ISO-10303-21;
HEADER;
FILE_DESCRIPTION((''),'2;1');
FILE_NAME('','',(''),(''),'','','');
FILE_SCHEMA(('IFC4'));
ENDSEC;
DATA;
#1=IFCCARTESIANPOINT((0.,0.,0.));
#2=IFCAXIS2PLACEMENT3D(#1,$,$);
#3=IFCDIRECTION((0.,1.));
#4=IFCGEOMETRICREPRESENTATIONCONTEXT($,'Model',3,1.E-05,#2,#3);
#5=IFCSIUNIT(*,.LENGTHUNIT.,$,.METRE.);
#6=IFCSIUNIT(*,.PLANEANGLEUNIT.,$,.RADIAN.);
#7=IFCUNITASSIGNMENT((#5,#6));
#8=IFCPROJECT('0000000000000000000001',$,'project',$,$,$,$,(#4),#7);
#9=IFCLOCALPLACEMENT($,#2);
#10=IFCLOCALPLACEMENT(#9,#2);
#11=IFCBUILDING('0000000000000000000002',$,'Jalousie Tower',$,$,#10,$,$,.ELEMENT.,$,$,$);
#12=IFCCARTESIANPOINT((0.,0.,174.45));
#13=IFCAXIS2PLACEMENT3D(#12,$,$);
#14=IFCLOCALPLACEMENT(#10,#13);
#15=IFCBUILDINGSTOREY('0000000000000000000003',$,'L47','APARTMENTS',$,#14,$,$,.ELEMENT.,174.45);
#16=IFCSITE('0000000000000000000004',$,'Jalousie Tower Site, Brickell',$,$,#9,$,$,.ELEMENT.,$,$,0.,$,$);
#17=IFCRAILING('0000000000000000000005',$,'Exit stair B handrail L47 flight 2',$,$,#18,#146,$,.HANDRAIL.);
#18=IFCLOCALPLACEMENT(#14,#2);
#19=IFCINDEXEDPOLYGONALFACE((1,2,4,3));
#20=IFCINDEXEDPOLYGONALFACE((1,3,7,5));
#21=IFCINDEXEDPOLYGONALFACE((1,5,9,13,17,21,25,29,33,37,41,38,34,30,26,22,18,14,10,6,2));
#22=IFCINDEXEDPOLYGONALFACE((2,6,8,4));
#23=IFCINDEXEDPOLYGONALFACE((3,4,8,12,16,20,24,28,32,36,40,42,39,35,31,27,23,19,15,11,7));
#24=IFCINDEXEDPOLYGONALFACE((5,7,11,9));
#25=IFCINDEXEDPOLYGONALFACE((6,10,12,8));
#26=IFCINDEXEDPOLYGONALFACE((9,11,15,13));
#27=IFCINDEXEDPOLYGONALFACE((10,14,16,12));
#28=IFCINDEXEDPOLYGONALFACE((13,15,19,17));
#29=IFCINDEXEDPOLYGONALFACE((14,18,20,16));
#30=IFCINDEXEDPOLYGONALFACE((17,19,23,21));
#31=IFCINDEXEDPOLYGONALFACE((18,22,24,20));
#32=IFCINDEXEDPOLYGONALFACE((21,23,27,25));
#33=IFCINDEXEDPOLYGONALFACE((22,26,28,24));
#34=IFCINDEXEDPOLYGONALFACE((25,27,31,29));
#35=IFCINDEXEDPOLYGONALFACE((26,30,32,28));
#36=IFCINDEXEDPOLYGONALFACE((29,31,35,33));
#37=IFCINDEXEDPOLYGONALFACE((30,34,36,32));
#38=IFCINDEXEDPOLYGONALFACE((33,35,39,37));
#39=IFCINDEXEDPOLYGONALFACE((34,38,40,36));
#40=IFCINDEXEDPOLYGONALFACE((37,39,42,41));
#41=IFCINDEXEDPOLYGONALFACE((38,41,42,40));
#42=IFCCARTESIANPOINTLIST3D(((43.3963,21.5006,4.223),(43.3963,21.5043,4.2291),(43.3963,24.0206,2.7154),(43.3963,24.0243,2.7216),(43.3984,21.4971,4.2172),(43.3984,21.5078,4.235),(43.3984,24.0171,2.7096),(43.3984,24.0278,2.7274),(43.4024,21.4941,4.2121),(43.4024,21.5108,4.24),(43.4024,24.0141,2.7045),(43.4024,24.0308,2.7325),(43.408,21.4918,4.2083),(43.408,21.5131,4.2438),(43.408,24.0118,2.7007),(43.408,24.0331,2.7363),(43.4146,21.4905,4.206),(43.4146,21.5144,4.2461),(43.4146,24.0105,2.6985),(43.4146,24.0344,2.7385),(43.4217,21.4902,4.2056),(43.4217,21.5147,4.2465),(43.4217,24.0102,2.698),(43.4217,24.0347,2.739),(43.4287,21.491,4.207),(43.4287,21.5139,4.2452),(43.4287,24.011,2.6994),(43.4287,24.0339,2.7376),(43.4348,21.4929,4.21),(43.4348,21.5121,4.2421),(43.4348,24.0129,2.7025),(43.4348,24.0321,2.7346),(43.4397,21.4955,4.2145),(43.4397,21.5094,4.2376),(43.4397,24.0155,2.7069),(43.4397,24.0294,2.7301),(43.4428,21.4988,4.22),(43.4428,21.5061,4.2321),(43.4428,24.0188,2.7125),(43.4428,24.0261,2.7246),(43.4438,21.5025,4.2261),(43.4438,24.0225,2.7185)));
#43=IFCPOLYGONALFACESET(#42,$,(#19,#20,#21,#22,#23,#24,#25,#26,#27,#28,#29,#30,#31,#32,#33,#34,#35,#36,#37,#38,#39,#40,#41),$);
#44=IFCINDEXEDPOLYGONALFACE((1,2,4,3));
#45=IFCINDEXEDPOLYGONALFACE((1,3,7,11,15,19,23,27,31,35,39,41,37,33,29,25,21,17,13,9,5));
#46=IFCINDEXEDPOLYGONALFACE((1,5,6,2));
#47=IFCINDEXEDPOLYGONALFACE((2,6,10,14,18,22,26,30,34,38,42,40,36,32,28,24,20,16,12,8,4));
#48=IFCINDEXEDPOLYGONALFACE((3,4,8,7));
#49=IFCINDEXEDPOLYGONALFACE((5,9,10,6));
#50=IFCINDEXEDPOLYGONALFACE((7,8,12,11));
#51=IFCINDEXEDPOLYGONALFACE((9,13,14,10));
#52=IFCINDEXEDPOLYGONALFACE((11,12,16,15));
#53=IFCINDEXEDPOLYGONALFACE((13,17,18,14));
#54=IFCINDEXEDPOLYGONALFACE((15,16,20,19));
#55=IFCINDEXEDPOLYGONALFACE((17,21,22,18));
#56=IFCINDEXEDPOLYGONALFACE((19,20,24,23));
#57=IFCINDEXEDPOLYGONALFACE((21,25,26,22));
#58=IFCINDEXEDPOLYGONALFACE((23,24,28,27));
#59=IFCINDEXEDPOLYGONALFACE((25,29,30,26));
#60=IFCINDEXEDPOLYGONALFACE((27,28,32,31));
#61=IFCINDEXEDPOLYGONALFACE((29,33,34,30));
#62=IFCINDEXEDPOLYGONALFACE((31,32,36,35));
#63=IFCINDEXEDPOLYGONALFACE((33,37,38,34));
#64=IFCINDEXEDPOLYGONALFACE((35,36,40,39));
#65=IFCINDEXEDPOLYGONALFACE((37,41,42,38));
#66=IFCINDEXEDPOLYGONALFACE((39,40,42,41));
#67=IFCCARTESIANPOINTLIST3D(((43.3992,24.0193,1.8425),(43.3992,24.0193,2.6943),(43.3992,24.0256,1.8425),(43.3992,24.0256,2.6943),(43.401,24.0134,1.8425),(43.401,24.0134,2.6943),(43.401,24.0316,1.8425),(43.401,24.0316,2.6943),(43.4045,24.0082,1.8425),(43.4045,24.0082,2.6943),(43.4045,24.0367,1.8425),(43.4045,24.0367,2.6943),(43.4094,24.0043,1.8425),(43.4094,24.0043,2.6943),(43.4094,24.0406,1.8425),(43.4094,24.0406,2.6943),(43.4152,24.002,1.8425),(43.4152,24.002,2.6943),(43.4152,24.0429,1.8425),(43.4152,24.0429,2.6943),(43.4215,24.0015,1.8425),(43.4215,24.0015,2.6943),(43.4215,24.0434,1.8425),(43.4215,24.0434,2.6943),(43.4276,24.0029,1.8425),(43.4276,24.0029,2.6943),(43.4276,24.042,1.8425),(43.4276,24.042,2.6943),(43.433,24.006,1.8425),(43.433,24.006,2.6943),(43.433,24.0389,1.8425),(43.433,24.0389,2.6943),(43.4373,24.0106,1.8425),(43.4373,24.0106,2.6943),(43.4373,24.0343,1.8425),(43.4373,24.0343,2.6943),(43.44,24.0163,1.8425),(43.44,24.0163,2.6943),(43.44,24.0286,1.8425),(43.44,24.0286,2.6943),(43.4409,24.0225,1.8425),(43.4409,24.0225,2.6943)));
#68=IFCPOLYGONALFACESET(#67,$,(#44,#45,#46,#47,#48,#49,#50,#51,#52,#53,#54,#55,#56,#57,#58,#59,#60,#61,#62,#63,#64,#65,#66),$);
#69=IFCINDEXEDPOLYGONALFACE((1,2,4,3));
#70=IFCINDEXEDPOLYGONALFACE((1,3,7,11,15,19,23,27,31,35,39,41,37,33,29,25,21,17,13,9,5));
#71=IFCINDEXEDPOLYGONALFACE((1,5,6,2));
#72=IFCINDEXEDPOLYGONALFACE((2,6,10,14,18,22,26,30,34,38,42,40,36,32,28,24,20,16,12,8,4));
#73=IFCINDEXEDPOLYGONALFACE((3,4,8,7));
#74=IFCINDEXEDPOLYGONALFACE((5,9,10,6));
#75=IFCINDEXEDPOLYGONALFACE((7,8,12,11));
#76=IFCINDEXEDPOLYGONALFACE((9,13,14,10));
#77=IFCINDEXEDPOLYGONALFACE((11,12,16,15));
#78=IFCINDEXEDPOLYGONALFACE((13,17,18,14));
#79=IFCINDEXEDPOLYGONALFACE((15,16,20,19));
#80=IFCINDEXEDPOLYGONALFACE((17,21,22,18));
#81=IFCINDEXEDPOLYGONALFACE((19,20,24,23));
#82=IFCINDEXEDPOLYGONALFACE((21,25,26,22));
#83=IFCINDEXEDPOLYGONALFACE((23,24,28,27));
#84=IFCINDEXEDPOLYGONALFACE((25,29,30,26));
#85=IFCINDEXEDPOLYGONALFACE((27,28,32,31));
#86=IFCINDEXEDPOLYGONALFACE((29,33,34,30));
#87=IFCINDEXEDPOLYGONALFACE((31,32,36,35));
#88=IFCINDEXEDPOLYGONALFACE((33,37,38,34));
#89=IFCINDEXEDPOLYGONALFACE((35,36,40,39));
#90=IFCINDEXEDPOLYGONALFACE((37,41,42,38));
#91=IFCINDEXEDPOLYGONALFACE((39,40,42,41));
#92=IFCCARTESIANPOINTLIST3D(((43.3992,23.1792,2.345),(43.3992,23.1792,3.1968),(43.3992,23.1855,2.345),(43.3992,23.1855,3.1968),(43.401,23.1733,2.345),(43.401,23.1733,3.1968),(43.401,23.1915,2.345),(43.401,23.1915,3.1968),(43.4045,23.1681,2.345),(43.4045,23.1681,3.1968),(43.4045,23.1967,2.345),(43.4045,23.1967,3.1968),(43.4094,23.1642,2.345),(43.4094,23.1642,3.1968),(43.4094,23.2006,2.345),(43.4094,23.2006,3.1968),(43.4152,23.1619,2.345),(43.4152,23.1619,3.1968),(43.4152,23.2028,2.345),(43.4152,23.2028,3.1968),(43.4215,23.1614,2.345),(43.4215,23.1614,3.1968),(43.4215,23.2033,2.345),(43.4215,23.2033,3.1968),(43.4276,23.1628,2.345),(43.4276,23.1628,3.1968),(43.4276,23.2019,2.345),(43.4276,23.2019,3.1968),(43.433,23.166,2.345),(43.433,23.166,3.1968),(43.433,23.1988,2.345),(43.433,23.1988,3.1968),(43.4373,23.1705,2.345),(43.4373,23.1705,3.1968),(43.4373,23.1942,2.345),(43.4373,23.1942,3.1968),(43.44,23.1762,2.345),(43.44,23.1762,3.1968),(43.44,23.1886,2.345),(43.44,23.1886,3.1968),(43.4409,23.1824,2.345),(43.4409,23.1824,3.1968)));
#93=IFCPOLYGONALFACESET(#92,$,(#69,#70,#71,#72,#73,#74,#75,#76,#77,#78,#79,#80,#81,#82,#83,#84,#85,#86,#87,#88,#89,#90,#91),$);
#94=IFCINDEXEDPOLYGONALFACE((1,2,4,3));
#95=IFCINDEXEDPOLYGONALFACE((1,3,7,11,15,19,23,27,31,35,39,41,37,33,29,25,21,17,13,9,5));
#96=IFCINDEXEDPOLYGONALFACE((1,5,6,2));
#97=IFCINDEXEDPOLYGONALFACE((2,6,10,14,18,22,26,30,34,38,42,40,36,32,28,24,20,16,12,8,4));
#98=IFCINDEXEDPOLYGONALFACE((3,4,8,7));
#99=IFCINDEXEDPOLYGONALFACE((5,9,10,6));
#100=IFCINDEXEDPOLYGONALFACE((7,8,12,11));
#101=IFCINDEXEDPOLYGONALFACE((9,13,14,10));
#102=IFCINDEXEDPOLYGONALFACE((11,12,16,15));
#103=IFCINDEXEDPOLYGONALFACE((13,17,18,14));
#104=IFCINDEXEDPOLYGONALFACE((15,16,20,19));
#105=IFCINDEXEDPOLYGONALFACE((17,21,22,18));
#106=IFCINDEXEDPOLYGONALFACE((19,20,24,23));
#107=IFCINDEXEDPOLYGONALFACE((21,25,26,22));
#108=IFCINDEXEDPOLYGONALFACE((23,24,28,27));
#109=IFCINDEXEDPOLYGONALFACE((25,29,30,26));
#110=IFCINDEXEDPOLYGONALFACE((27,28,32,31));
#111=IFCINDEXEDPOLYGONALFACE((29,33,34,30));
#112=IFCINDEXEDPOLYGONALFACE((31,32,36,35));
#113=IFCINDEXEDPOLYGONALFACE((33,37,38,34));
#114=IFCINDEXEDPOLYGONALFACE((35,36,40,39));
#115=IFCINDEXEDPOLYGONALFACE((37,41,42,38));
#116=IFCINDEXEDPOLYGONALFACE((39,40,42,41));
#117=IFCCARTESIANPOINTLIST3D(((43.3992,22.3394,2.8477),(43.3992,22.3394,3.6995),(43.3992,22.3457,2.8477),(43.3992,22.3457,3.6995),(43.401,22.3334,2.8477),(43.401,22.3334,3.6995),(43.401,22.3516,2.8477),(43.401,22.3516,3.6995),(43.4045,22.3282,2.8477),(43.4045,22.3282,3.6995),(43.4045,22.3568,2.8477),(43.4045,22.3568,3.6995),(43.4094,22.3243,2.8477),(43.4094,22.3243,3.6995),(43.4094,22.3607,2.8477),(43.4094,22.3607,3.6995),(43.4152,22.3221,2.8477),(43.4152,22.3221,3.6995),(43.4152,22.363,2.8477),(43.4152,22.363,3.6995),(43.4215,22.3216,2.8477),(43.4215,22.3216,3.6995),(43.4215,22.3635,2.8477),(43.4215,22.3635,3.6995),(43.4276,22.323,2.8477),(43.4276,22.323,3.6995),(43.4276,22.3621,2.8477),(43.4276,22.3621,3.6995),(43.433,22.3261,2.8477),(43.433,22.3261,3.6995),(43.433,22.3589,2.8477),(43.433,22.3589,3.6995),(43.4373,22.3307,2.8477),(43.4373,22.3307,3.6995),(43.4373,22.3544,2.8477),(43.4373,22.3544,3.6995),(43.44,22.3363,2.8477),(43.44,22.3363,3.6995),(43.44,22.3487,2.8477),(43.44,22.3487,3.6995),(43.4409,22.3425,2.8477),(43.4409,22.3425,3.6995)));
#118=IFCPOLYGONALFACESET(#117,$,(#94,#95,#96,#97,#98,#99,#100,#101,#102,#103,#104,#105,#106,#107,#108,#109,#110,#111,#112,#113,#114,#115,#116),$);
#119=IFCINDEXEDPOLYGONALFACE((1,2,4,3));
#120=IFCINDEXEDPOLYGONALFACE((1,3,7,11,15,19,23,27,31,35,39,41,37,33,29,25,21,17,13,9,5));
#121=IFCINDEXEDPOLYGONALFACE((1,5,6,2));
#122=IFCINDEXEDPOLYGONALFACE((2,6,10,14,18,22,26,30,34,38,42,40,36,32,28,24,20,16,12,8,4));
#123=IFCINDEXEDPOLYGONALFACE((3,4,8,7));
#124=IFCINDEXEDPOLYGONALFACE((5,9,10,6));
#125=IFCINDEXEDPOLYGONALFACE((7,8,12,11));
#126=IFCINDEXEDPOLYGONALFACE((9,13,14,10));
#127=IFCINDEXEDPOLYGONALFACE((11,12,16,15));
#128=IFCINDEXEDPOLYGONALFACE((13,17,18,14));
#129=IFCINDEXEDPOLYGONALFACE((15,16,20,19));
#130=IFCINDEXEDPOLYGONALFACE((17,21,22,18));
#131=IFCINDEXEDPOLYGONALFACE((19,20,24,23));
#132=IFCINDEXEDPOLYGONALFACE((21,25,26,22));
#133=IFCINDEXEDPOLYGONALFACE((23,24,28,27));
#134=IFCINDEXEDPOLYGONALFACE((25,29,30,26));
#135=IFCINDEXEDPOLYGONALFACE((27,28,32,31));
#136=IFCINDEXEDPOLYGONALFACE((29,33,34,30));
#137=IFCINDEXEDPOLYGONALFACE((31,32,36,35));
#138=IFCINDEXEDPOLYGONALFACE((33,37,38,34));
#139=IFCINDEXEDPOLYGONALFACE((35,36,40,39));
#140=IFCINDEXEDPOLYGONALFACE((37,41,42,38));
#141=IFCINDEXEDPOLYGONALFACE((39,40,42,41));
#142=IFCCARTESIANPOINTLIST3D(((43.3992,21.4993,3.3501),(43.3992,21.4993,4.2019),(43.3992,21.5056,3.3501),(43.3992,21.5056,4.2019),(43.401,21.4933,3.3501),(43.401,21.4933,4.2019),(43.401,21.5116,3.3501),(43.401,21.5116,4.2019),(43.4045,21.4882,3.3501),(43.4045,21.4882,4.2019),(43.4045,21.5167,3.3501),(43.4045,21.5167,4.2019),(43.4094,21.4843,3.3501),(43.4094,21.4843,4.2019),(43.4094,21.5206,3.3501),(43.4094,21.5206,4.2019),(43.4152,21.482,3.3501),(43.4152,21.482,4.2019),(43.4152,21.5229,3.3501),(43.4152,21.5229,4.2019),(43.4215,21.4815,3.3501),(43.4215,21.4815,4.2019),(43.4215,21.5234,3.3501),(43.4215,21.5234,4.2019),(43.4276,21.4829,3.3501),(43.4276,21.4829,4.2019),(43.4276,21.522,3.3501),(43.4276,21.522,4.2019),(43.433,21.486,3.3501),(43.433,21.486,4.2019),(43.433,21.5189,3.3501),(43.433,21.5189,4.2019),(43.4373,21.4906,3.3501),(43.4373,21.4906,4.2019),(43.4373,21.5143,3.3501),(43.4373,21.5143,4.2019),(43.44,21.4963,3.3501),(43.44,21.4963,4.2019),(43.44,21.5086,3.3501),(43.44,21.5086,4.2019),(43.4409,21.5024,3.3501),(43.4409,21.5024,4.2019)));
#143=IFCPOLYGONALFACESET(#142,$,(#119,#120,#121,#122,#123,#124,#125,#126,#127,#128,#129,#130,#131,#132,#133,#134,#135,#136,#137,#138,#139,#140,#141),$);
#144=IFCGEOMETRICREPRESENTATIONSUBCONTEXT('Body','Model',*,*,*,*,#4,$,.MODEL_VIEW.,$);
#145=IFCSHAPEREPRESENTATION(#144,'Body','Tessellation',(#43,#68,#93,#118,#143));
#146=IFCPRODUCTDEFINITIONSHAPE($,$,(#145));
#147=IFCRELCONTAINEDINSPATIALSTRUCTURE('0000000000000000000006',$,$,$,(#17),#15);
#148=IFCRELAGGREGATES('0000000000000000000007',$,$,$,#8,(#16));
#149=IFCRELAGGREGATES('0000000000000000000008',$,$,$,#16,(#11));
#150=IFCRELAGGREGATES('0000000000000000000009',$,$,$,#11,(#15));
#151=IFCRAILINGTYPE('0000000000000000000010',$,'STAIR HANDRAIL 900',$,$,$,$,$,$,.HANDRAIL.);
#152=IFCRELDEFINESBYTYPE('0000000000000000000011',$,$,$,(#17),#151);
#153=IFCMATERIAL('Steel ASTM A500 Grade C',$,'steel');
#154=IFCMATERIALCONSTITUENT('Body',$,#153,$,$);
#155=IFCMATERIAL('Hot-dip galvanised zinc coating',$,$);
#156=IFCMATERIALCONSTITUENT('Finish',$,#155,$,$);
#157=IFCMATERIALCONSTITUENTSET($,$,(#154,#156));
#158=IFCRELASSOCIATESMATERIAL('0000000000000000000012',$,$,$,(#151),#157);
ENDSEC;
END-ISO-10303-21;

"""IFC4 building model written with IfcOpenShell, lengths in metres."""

from ifc_helpers import new_model, si_unit, direction, frame, origin, origin_2d, place, context, subcontext, project, spatial, circle, extrude, material, constituent, constituent_set, type_object, element, save


model = new_model("IFC4")

# Units and contexts
model_context = context("Model", 3, precision=1e-05, world=origin(), true_north=direction((0.0, 1.0)))
body_context = subcontext(model_context, "Body", "Model", "MODEL_VIEW")
ifc_project = project(units=[si_unit("LENGTHUNIT", "METRE"), si_unit("PLANEANGLEUNIT", "RADIAN")], contexts=[model_context])

# Site, building, storey
site_placement = place(None, origin())
site = spatial("IfcSite", under=ifc_project, at=site_placement, Name="Jalousie Tower Site, Brickell", CompositionType="ELEMENT", RefElevation=0.0)
building_placement = place(site_placement, origin())
building = spatial("IfcBuilding", under=site, at=building_placement, Name="Jalousie Tower", CompositionType="ELEMENT")
storey_placement = place(building_placement, frame((0.0, 0.0, 174.45)))
storey = spatial("IfcBuildingStorey", under=building, at=storey_placement, Name="L47", Description="APARTMENTS", CompositionType="ELEMENT", Elevation=174.45)

# Railing
ifc_material_1 = material(Name="Steel ASTM A500 Grade C", Category="steel")
ifc_constituent_1 = constituent(ifc_material_1, Name="Body")
ifc_material_2 = material(Name="Hot-dip galvanised zinc coating")
ifc_constituent_2 = constituent(ifc_material_2, Name="Finish")
ifc_constituent_set_1 = constituent_set(constituents=[ifc_constituent_1, ifc_constituent_2])
railing_type_1 = type_object("IfcRailingType", Name="STAIR HANDRAIL 900", PredefinedType="HANDRAIL", material=ifc_constituent_set_1)
railing_1_placement = place(storey_placement, frame((43.4199, 24.0225, 1.8425)))
element("IfcRailing", 1, at=railing_1_placement, inside=storey, type_object=railing_type_1, Name="Exit stair B handrail L47 flight 2", PredefinedType="HANDRAIL", context=body_context, shape_type="SweptSolid", body=[
    extrude(circle(Radius=0.0239, at=origin_2d()), frame((0.0, 0.0, 0.876), z_axis=(0.0, -0.85816, 0.513383), x_axis=(1.0, 0.0, 0.0)), (0.0, 0.0, 1.0), 2.9365),
    extrude(circle(Radius=0.021, at=origin_2d()), origin(), (0.0, 0.0, 1.0), 0.8518),
    extrude(circle(Radius=0.021, at=origin_2d()), frame((0.0, -0.8401, 0.5024)), (0.0, 0.0, 1.0), 0.8518),
    extrude(circle(Radius=0.021, at=origin_2d()), frame((0.0, -1.6799, 1.0051)), (0.0, 0.0, 1.0), 0.8518),
    extrude(circle(Radius=0.021, at=origin_2d()), frame((0.0, -2.52, 1.5076)), (0.0, 0.0, 1.0), 0.8518),
])

save(model, "model.ifc")
